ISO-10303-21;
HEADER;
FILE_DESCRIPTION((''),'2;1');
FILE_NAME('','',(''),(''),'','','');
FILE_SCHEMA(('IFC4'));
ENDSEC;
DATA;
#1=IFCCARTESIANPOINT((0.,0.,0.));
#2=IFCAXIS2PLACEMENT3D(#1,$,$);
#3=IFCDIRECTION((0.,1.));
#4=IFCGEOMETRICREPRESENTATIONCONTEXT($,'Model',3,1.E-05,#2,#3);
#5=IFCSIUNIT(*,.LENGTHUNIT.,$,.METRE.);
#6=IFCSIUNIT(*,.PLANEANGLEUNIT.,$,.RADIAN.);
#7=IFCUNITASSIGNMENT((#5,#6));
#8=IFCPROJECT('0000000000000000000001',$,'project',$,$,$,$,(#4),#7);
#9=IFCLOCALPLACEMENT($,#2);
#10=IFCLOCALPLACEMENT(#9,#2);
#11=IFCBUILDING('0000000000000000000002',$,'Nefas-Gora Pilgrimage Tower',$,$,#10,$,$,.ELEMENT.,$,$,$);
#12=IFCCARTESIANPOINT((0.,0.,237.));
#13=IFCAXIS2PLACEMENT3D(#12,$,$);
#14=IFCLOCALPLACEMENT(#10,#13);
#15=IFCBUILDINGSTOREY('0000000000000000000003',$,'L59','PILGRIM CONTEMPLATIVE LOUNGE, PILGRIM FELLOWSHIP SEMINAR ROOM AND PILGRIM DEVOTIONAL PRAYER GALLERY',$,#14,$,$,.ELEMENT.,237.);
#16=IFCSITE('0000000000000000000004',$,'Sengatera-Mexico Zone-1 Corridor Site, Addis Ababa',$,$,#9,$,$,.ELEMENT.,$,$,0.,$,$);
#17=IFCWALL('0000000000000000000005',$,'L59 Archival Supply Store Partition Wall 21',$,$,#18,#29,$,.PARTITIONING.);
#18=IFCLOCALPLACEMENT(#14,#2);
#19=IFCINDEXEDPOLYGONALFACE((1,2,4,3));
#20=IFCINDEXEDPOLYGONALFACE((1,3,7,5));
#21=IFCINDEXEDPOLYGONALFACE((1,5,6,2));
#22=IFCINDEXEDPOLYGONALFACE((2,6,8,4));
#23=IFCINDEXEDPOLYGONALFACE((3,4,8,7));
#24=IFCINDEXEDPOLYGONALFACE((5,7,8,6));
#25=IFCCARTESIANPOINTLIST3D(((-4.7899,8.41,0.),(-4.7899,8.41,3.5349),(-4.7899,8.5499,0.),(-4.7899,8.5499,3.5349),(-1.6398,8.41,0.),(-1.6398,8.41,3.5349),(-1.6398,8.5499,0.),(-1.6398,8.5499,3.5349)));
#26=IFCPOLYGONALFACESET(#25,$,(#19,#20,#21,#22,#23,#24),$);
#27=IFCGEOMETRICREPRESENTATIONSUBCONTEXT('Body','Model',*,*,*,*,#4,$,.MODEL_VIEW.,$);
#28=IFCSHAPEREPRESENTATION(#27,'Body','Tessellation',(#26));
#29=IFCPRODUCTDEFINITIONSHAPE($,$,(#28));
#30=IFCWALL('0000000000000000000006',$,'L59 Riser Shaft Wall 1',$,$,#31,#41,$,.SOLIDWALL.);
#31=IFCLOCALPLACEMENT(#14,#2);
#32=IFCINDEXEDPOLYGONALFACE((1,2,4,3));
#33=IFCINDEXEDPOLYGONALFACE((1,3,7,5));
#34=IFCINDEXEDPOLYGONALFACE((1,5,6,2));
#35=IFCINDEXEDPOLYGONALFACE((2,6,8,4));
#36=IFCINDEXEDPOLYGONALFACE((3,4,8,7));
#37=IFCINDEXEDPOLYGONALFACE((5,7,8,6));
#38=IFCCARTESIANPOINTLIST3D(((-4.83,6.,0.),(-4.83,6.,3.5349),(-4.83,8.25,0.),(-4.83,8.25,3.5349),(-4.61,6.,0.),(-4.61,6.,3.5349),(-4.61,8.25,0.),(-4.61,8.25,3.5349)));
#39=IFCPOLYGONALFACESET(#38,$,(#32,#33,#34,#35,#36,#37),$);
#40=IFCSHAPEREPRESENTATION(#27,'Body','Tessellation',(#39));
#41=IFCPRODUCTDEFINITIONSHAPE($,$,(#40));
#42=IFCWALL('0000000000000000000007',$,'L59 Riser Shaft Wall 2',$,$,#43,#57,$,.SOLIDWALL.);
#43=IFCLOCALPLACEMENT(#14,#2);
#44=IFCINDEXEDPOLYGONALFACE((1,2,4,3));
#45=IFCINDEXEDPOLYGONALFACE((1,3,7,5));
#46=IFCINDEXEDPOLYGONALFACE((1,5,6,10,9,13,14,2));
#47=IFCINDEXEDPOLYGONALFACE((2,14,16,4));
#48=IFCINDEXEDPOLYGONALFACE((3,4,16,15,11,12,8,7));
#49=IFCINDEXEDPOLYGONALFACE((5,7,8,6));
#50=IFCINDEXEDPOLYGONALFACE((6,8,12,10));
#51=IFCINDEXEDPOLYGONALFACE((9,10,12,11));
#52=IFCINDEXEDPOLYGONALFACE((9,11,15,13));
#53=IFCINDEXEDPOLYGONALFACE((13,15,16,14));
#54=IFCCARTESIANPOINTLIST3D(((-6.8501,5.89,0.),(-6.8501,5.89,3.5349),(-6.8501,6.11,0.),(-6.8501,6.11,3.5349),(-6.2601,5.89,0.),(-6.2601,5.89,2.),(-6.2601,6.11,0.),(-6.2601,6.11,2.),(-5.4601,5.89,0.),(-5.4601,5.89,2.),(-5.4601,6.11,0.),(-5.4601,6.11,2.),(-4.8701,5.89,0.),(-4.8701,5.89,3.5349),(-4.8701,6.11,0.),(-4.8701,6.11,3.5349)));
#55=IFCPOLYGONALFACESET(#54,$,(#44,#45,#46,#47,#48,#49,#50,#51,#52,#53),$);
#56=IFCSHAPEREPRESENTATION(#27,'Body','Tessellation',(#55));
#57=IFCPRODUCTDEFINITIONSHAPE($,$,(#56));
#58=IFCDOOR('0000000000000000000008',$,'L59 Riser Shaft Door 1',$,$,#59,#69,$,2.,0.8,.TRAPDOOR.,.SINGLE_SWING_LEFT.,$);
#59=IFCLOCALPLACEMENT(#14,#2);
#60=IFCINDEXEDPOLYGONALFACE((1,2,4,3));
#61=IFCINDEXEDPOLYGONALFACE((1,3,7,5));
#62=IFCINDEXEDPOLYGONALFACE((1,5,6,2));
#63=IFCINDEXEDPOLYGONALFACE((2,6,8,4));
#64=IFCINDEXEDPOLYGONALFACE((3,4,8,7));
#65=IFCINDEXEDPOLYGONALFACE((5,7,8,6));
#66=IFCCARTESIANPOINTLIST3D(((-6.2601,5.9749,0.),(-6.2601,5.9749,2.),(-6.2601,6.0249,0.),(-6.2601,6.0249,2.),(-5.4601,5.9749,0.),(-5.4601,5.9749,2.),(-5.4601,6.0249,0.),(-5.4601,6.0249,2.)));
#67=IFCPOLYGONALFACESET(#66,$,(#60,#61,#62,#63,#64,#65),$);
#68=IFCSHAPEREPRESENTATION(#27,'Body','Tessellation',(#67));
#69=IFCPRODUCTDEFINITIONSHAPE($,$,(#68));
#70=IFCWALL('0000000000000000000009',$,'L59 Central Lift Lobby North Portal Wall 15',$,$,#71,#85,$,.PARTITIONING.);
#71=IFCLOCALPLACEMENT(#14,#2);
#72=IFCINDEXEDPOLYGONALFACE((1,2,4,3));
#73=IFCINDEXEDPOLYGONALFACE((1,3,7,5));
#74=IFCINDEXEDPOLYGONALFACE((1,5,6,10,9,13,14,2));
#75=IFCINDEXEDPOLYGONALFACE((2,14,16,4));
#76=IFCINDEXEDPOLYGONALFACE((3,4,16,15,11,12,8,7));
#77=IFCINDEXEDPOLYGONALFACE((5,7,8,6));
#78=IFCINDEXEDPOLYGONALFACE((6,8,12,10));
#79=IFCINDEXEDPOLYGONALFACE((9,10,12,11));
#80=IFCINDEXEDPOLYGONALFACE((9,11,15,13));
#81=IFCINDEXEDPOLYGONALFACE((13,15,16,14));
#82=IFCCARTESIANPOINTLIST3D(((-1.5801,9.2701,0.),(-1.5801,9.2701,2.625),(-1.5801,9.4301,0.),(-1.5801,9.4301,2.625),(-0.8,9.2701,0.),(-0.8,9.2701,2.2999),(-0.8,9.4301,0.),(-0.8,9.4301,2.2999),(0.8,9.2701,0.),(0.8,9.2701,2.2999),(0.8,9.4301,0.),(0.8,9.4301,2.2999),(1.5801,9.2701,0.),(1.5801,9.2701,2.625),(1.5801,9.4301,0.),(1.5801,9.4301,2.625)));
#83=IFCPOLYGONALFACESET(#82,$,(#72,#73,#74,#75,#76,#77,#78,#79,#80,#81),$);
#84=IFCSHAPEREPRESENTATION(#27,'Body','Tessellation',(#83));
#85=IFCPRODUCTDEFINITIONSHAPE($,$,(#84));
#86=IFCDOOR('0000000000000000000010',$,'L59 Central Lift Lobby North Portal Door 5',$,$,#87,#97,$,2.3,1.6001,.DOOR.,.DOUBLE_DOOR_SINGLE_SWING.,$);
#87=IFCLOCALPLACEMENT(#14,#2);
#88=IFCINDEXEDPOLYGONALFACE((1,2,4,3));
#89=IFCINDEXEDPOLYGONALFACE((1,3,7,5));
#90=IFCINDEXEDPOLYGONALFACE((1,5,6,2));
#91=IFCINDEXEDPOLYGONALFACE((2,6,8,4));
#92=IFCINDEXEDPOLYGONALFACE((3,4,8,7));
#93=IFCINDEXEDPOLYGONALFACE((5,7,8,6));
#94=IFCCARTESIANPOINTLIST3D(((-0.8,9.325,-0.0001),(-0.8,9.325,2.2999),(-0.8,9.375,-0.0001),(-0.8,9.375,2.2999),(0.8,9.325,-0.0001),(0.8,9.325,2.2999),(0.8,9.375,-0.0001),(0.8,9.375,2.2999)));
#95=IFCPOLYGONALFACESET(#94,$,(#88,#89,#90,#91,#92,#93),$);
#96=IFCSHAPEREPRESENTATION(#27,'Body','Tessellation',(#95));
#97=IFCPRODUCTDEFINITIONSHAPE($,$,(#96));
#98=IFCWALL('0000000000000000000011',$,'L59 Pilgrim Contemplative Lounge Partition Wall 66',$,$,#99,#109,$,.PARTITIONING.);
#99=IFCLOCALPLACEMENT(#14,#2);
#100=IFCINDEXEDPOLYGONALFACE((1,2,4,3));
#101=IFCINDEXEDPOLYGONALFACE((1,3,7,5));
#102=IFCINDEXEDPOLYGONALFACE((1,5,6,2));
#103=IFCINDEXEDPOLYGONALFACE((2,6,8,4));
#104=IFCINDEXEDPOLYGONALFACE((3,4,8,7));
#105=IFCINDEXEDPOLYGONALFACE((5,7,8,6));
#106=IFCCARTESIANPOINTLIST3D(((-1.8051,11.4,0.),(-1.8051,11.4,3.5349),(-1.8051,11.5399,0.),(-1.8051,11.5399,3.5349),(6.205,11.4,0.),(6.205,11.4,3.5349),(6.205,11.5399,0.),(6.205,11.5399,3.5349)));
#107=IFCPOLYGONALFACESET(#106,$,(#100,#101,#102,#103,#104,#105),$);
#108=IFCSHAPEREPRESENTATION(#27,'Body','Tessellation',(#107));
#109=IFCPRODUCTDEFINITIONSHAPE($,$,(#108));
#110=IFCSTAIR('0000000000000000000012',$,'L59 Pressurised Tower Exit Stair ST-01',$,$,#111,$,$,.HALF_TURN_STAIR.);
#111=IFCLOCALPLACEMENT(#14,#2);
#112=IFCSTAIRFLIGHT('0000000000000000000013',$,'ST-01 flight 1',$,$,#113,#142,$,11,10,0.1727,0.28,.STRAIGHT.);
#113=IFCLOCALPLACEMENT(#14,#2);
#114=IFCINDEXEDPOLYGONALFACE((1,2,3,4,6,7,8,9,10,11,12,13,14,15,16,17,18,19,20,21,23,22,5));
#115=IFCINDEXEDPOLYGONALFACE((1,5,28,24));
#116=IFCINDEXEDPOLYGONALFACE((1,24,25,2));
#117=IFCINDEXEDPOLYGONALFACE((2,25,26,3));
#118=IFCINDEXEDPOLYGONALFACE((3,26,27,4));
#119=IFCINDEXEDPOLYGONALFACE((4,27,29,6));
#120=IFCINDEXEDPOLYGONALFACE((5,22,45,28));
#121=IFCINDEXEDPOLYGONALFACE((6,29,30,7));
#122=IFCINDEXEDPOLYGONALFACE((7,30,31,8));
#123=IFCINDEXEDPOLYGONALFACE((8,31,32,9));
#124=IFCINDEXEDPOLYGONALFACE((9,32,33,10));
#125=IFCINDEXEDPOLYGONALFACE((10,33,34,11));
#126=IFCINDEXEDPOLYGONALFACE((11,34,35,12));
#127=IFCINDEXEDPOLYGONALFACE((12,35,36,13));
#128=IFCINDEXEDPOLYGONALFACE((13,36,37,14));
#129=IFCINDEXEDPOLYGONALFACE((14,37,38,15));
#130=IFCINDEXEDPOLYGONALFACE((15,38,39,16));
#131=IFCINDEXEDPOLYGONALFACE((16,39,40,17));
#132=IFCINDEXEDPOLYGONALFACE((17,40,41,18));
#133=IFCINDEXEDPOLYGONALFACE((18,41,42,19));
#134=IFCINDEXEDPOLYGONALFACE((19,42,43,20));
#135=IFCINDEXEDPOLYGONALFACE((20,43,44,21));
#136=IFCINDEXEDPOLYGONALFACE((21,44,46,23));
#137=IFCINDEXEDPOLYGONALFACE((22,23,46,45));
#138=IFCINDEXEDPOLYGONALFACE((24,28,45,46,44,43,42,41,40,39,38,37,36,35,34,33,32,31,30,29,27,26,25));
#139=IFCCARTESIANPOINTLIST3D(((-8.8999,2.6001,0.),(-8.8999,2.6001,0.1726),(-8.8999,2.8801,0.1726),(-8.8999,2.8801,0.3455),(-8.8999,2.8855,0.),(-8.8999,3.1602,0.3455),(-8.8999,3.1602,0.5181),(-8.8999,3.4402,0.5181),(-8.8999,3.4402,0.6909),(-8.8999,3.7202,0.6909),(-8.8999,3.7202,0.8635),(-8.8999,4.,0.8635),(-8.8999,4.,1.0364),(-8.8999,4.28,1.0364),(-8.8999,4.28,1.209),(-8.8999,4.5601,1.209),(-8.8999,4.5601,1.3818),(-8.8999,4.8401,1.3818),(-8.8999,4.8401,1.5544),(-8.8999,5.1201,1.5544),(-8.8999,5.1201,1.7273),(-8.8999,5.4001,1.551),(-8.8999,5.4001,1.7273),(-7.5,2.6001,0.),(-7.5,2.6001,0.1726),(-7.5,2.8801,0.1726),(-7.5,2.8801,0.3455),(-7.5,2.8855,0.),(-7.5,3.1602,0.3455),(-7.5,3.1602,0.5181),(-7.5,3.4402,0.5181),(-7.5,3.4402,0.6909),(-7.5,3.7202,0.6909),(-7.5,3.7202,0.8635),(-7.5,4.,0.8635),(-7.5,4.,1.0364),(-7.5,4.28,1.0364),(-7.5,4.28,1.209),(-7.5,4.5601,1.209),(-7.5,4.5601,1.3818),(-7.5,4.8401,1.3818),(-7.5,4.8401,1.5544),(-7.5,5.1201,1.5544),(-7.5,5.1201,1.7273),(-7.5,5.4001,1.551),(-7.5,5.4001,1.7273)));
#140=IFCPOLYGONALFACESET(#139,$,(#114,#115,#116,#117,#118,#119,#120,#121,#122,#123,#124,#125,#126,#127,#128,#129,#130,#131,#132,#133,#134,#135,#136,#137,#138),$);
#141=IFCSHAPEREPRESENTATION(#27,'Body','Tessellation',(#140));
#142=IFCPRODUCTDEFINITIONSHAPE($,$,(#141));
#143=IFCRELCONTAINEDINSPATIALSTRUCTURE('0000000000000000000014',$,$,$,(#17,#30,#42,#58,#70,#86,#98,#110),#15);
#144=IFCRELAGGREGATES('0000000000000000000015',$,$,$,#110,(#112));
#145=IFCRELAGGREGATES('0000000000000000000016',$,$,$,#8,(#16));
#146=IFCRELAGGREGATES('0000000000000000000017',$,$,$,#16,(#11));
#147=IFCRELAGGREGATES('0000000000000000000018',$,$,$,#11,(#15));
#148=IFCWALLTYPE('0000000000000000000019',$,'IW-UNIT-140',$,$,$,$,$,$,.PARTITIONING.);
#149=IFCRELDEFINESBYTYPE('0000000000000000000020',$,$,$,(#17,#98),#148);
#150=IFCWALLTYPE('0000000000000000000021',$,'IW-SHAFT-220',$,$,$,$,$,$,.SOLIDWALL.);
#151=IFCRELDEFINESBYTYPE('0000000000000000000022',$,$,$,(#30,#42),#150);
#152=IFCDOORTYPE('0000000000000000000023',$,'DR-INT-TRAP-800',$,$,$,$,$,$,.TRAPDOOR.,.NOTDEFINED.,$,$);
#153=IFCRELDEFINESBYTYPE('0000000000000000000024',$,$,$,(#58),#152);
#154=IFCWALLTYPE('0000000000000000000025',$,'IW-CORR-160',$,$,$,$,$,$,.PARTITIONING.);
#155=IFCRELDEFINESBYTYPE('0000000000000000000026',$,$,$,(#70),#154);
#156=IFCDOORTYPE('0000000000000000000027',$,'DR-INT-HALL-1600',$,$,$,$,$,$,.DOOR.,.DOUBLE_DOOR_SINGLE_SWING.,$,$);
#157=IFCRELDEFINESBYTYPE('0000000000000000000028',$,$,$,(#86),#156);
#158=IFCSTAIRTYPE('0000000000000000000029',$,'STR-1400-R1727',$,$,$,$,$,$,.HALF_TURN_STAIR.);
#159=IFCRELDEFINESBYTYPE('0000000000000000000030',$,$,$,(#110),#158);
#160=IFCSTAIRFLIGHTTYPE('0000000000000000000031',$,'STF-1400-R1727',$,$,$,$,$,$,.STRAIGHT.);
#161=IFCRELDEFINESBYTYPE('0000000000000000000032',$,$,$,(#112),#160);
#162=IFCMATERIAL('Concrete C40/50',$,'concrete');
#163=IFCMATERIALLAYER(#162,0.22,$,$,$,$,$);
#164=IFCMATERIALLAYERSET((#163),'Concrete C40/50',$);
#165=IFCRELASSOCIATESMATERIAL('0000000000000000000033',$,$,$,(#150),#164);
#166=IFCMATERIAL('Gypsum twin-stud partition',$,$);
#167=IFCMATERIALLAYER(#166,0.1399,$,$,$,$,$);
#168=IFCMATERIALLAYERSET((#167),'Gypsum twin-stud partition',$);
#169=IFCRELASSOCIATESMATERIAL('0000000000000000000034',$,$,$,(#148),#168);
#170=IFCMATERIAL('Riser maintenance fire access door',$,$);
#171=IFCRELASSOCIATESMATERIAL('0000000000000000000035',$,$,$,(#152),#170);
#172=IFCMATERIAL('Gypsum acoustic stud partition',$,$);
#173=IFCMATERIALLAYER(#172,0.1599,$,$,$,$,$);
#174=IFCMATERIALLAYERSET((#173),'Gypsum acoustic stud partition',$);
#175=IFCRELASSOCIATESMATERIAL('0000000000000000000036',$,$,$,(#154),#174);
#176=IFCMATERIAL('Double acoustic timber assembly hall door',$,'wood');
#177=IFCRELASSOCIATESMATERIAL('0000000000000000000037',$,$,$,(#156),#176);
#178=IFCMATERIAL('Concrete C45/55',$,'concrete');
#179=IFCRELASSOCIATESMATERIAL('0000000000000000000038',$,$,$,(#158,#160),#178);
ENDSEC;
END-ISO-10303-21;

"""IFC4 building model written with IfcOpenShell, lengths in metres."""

from ifc_helpers import new_model, si_unit, direction, frame, frame_2d, origin, place, context, subcontext, project, spatial, polyline, rectangle, outline, extrude, source, transform, mapped, material, layer, layer_set, type_object, element, fill, aggregate, save


model = new_model("IFC4")

# Units and contexts
model_context = context("Model", 3, precision=1e-05, world=origin(), true_north=direction((0.0, 1.0)))
body_context = subcontext(model_context, "Body", "Model", "MODEL_VIEW")
ifc_project = project(units=[si_unit("LENGTHUNIT", "METRE"), si_unit("PLANEANGLEUNIT", "RADIAN")], contexts=[model_context])

# Site, building, storey
site_placement = place(None, origin())
site = spatial("IfcSite", under=ifc_project, at=site_placement, Name="Sengatera-Mexico Zone-1 Corridor Site, Addis Ababa", CompositionType="ELEMENT", RefElevation=0.0)
building_placement = place(site_placement, origin())
building = spatial("IfcBuilding", under=site, at=building_placement, Name="Nefas-Gora Pilgrimage Tower", CompositionType="ELEMENT")
storey_placement = place(building_placement, frame((0.0, 0.0, 237.0)))
storey = spatial("IfcBuildingStorey", under=building, at=storey_placement, Name="L59", Description="PILGRIM CONTEMPLATIVE LOUNGE, PILGRIM FELLOWSHIP SEMINAR ROOM AND PILGRIM DEVOTIONAL PRAYER GALLERY", CompositionType="ELEMENT", Elevation=237.0)

# Shared definitions
ifc_material_1 = material(Name="Concrete C45/55", Category="concrete")

# Shared definitions
ifc_material_2 = material(Name="Concrete C40/50", Category="concrete")
ifc_layer_1 = layer(ifc_material_2, 0.22)
ifc_layer_set_1 = layer_set([ifc_layer_1], Name="Concrete C40/50")
wall_type_1 = type_object("IfcWallType", Name="IW-SHAFT-220", PredefinedType="SOLIDWALL", material=ifc_layer_set_1)

# Walls
ifc_material_3 = material(Name="Gypsum twin-stud partition")
ifc_layer_2 = layer(ifc_material_3, 0.1399)
ifc_layer_set_2 = layer_set([ifc_layer_2], Name="Gypsum twin-stud partition")
wall_type_2 = type_object("IfcWallType", Name="IW-UNIT-140", PredefinedType="PARTITIONING", material=ifc_layer_set_2)
shared_shape_1 = source(origin(), body_context, "Body", "SweptSolid", [
    extrude(rectangle(XDim=3.1501, YDim=0.1399, at=frame_2d((1.5752, 0.0))), origin(), (0.0, 0.0, 1.0), 3.5349),
])
wall_1_placement = place(storey_placement, frame((-4.79, 8.48, 0.0), z_axis=(0.0, 0.0, 1.0), x_axis=(1.0, 0.0, 0.0)))
element("IfcWall", 1, at=wall_1_placement, inside=storey, type_object=wall_type_2, Name="L59 Archival Supply Store Partition Wall 21", PredefinedType="PARTITIONING", context=body_context, shape_type="MappedRepresentation", body=[
    mapped(shared_shape_1, transform((0.0, 0.0, 0.0), x_axis=(1.0, 0.0, 0.0), y_axis=(0.0, 1.0, 0.0), z_axis=(0.0, 0.0, 1.0), scale=1.0)),
])
shared_shape_2 = source(origin(), body_context, "Body", "SweptSolid", [
    extrude(rectangle(XDim=2.25, YDim=0.22, at=frame_2d((1.125, 0.0))), origin(), (0.0, 0.0, 1.0), 3.5349),
])
wall_2_placement = place(storey_placement, frame((-4.72, 6.0, 0.0), z_axis=(0.0, 0.0, 1.0), x_axis=(0.0, 1.0, 0.0)))
element("IfcWall", 2, at=wall_2_placement, inside=storey, type_object=wall_type_1, Name="L59 Riser Shaft Wall 1", PredefinedType="SOLIDWALL", context=body_context, shape_type="MappedRepresentation", body=[
    mapped(shared_shape_2, transform((0.0, 0.0, 0.0), x_axis=(1.0, 0.0, 0.0), y_axis=(0.0, 1.0, 0.0), z_axis=(0.0, 0.0, 1.0), scale=1.0)),
])

# Walls, openings, doors
shared_shape_3 = source(origin(), body_context, "Body", "SweptSolid", [
    extrude(rectangle(XDim=1.98, YDim=0.22, at=frame_2d((0.99, 0.0))), origin(), (0.0, 0.0, 1.0), 3.5349),
])
wall_3_placement = place(storey_placement, frame((-6.8501, 6.0, 0.0), z_axis=(0.0, 0.0, 1.0), x_axis=(1.0, 0.0, 0.0)))
wall_3 = element("IfcWall", 3, at=wall_3_placement, inside=storey, type_object=wall_type_1, Name="L59 Riser Shaft Wall 2", PredefinedType="SOLIDWALL", context=body_context, shape_type="MappedRepresentation", body=[
    mapped(shared_shape_3, transform((0.0, 0.0, 0.0), x_axis=(1.0, 0.0, 0.0), y_axis=(0.0, 1.0, 0.0), z_axis=(0.0, 0.0, 1.0), scale=1.0)),
])
opening_1_placement = place(wall_3_placement, frame((0.5901, 0.0, 0.0)))
opening_1 = element("IfcOpeningElement", 4, at=opening_1_placement, cuts=wall_3, PredefinedType="OPENING", context=body_context, shape_type="SweptSolid", body=[
    extrude(rectangle(XDim=0.8, YDim=2.0, at=frame_2d((0.3999, 1.0))), frame((0.0, 0.1199, 0.0), z_axis=(0.0, -1.0, 0.0), x_axis=(1.0, 0.0, 0.0)), (0.0, 0.0, 1.0), 0.24),
])
ifc_material_4 = material(Name="Riser maintenance fire access door")
door_type_1 = type_object("IfcDoorType", Name="DR-INT-TRAP-800", OperationType="NOTDEFINED", PredefinedType="TRAPDOOR", material=ifc_material_4)
shared_shape_4 = source(origin(), body_context, "Body", "SweptSolid", [
    extrude(rectangle(XDim=0.8, YDim=2.0, at=frame_2d((0.3999, 1.0))), frame((0.0, 0.0249, 0.0), z_axis=(0.0, -1.0, 0.0), x_axis=(1.0, 0.0, 0.0)), (0.0, 0.0, 1.0), 0.05),
])
door_1_placement = place(opening_1_placement, origin())
door_1 = element("IfcDoor", 5, at=door_1_placement, inside=storey, type_object=door_type_1, Name="L59 Riser Shaft Door 1", OperationType="SINGLE_SWING_LEFT", OverallHeight=2.0, OverallWidth=0.8, PredefinedType="TRAPDOOR", context=body_context, shape_type="MappedRepresentation", body=[
    mapped(shared_shape_4, transform((0.0, 0.0, 0.0), x_axis=(1.0, 0.0, 0.0), y_axis=(0.0, 1.0, 0.0), z_axis=(0.0, 0.0, 1.0), scale=1.0)),
])
fill(opening_1, door_1)
ifc_material_5 = material(Name="Gypsum acoustic stud partition")
ifc_layer_3 = layer(ifc_material_5, 0.1599)
ifc_layer_set_3 = layer_set([ifc_layer_3], Name="Gypsum acoustic stud partition")
wall_type_3 = type_object("IfcWallType", Name="IW-CORR-160", PredefinedType="PARTITIONING", material=ifc_layer_set_3)
shared_shape_5 = source(origin(), body_context, "Body", "SweptSolid", [
    extrude(rectangle(XDim=3.1602, YDim=0.1599, at=frame_2d((1.5801, 0.0))), origin(), (0.0, 0.0, 1.0), 2.625),
])
wall_4_placement = place(storey_placement, frame((-1.5801, 9.3501, 0.0), z_axis=(0.0, 0.0, 1.0), x_axis=(1.0, 0.0, 0.0)))
wall_4 = element("IfcWall", 6, at=wall_4_placement, inside=storey, type_object=wall_type_3, Name="L59 Central Lift Lobby North Portal Wall 15", PredefinedType="PARTITIONING", context=body_context, shape_type="MappedRepresentation", body=[
    mapped(shared_shape_5, transform((0.0, 0.0, 0.0), x_axis=(1.0, 0.0, 0.0), y_axis=(0.0, 1.0, 0.0), z_axis=(0.0, 0.0, 1.0), scale=1.0)),
])
opening_2_placement = place(wall_4_placement, frame((0.78, 0.0, 0.0)))
opening_2 = element("IfcOpeningElement", 7, at=opening_2_placement, cuts=wall_4, PredefinedType="OPENING", context=body_context, shape_type="SweptSolid", body=[
    extrude(rectangle(XDim=1.6001, YDim=2.3, at=frame_2d((0.8, 1.1499))), frame((0.0, 0.0898, 0.0), z_axis=(0.0, -1.0, 0.0), x_axis=(1.0, 0.0, 0.0)), (0.0, 0.0, 1.0), 0.1799),
])
ifc_material_6 = material(Name="Double acoustic timber assembly hall door", Category="wood")
door_type_2 = type_object("IfcDoorType", Name="DR-INT-HALL-1600", OperationType="DOUBLE_DOOR_SINGLE_SWING", PredefinedType="DOOR", material=ifc_material_6)
shared_shape_6 = source(origin(), body_context, "Body", "SweptSolid", [
    extrude(rectangle(XDim=1.6001, YDim=2.3, at=frame_2d((0.8, 1.1499))), frame((0.0, 0.0249, 0.0), z_axis=(0.0, -1.0, 0.0), x_axis=(1.0, 0.0, 0.0)), (0.0, 0.0, 1.0), 0.05),
])
door_2_placement = place(opening_2_placement, origin())
door_2 = element("IfcDoor", 8, at=door_2_placement, inside=storey, type_object=door_type_2, Name="L59 Central Lift Lobby North Portal Door 5", OperationType="DOUBLE_DOOR_SINGLE_SWING", OverallHeight=2.3, OverallWidth=1.6001, PredefinedType="DOOR", context=body_context, shape_type="MappedRepresentation", body=[
    mapped(shared_shape_6, transform((0.0, 0.0, 0.0), x_axis=(1.0, 0.0, 0.0), y_axis=(0.0, 1.0, 0.0), z_axis=(0.0, 0.0, 1.0), scale=1.0)),
])
fill(opening_2, door_2)

# Wall
shared_shape_7 = source(origin(), body_context, "Body", "SweptSolid", [
    extrude(rectangle(XDim=8.01, YDim=0.1399, at=frame_2d((4.0049, 0.0))), origin(), (0.0, 0.0, 1.0), 3.5349),
])
wall_5_placement = place(storey_placement, frame((-1.8049, 11.47, 0.0), z_axis=(0.0, 0.0, 1.0), x_axis=(1.0, 0.0, 0.0)))
element("IfcWall", 9, at=wall_5_placement, inside=storey, type_object=wall_type_2, Name="L59 Pilgrim Contemplative Lounge Partition Wall 66", PredefinedType="PARTITIONING", context=body_context, shape_type="MappedRepresentation", body=[
    mapped(shared_shape_7, transform((0.0, 0.0, 0.0), x_axis=(1.0, 0.0, 0.0), y_axis=(0.0, 1.0, 0.0), z_axis=(0.0, 0.0, 1.0), scale=1.0)),
])

# Stair, stair flight
stair_type = type_object("IfcStairType", Name="STR-1400-R1727", PredefinedType="HALF_TURN_STAIR", material=ifc_material_1)
stair_placement = place(storey_placement, origin())
stair = element("IfcStair", 10, at=stair_placement, inside=storey, type_object=stair_type, Name="L59 Pressurised Tower Exit Stair ST-01", PredefinedType="HALF_TURN_STAIR")
stair_flight_type = type_object("IfcStairFlightType", Name="STF-1400-R1727", PredefinedType="STRAIGHT", material=ifc_material_1)
shared_shape_8 = source(origin(), body_context, "Body", "SweptSolid", [
    extrude(outline(polyline([(0.0, 0.0), (0.0, 0.1726), (0.28, 0.1726), (0.28, 0.3455), (0.5601, 0.3455), (0.5601, 0.5181), (0.8401, 0.5181), (0.8401, 0.6909), (1.1201, 0.6909), (1.1201, 0.8635), (1.3999, 0.8635), (1.3999, 1.0364), (1.6799, 1.0364), (1.6799, 1.209), (1.96, 1.209), (1.96, 1.3818), (2.24, 1.3818), (2.24, 1.5544), (2.52, 1.5544), (2.52, 1.7273), (2.8, 1.7273), (2.8, 1.8999), (2.8, 1.551), (0.2854, 0.0), (0.0, 0.0)])), frame((0.0, 0.7, 0.0), z_axis=(0.0, -1.0, 0.0), x_axis=(1.0, 0.0, 0.0)), (0.0, 0.0, 1.0), 1.3999),
])
stair_flight_1_placement = place(storey_placement, frame((-8.2, 2.6001, 0.0), z_axis=(0.0, 0.0, 1.0), x_axis=(0.0, 1.0, 0.0)))
stair_flight_1 = element("IfcStairFlight", 11, at=stair_flight_1_placement, type_object=stair_flight_type, Name="ST-01 flight 1", NumberOfRisers=11, NumberOfTreads=10, PredefinedType="STRAIGHT", RiserHeight=0.1727, TreadLength=0.28, context=body_context, shape_type="MappedRepresentation", body=[
    mapped(shared_shape_8, transform((0.0, 0.0, 0.0), x_axis=(1.0, 0.0, 0.0), y_axis=(0.0, 1.0, 0.0), z_axis=(0.0, 0.0, 1.0), scale=1.0)),
])
aggregate(stair, [stair_flight_1])

save(model, "model.ifc")
